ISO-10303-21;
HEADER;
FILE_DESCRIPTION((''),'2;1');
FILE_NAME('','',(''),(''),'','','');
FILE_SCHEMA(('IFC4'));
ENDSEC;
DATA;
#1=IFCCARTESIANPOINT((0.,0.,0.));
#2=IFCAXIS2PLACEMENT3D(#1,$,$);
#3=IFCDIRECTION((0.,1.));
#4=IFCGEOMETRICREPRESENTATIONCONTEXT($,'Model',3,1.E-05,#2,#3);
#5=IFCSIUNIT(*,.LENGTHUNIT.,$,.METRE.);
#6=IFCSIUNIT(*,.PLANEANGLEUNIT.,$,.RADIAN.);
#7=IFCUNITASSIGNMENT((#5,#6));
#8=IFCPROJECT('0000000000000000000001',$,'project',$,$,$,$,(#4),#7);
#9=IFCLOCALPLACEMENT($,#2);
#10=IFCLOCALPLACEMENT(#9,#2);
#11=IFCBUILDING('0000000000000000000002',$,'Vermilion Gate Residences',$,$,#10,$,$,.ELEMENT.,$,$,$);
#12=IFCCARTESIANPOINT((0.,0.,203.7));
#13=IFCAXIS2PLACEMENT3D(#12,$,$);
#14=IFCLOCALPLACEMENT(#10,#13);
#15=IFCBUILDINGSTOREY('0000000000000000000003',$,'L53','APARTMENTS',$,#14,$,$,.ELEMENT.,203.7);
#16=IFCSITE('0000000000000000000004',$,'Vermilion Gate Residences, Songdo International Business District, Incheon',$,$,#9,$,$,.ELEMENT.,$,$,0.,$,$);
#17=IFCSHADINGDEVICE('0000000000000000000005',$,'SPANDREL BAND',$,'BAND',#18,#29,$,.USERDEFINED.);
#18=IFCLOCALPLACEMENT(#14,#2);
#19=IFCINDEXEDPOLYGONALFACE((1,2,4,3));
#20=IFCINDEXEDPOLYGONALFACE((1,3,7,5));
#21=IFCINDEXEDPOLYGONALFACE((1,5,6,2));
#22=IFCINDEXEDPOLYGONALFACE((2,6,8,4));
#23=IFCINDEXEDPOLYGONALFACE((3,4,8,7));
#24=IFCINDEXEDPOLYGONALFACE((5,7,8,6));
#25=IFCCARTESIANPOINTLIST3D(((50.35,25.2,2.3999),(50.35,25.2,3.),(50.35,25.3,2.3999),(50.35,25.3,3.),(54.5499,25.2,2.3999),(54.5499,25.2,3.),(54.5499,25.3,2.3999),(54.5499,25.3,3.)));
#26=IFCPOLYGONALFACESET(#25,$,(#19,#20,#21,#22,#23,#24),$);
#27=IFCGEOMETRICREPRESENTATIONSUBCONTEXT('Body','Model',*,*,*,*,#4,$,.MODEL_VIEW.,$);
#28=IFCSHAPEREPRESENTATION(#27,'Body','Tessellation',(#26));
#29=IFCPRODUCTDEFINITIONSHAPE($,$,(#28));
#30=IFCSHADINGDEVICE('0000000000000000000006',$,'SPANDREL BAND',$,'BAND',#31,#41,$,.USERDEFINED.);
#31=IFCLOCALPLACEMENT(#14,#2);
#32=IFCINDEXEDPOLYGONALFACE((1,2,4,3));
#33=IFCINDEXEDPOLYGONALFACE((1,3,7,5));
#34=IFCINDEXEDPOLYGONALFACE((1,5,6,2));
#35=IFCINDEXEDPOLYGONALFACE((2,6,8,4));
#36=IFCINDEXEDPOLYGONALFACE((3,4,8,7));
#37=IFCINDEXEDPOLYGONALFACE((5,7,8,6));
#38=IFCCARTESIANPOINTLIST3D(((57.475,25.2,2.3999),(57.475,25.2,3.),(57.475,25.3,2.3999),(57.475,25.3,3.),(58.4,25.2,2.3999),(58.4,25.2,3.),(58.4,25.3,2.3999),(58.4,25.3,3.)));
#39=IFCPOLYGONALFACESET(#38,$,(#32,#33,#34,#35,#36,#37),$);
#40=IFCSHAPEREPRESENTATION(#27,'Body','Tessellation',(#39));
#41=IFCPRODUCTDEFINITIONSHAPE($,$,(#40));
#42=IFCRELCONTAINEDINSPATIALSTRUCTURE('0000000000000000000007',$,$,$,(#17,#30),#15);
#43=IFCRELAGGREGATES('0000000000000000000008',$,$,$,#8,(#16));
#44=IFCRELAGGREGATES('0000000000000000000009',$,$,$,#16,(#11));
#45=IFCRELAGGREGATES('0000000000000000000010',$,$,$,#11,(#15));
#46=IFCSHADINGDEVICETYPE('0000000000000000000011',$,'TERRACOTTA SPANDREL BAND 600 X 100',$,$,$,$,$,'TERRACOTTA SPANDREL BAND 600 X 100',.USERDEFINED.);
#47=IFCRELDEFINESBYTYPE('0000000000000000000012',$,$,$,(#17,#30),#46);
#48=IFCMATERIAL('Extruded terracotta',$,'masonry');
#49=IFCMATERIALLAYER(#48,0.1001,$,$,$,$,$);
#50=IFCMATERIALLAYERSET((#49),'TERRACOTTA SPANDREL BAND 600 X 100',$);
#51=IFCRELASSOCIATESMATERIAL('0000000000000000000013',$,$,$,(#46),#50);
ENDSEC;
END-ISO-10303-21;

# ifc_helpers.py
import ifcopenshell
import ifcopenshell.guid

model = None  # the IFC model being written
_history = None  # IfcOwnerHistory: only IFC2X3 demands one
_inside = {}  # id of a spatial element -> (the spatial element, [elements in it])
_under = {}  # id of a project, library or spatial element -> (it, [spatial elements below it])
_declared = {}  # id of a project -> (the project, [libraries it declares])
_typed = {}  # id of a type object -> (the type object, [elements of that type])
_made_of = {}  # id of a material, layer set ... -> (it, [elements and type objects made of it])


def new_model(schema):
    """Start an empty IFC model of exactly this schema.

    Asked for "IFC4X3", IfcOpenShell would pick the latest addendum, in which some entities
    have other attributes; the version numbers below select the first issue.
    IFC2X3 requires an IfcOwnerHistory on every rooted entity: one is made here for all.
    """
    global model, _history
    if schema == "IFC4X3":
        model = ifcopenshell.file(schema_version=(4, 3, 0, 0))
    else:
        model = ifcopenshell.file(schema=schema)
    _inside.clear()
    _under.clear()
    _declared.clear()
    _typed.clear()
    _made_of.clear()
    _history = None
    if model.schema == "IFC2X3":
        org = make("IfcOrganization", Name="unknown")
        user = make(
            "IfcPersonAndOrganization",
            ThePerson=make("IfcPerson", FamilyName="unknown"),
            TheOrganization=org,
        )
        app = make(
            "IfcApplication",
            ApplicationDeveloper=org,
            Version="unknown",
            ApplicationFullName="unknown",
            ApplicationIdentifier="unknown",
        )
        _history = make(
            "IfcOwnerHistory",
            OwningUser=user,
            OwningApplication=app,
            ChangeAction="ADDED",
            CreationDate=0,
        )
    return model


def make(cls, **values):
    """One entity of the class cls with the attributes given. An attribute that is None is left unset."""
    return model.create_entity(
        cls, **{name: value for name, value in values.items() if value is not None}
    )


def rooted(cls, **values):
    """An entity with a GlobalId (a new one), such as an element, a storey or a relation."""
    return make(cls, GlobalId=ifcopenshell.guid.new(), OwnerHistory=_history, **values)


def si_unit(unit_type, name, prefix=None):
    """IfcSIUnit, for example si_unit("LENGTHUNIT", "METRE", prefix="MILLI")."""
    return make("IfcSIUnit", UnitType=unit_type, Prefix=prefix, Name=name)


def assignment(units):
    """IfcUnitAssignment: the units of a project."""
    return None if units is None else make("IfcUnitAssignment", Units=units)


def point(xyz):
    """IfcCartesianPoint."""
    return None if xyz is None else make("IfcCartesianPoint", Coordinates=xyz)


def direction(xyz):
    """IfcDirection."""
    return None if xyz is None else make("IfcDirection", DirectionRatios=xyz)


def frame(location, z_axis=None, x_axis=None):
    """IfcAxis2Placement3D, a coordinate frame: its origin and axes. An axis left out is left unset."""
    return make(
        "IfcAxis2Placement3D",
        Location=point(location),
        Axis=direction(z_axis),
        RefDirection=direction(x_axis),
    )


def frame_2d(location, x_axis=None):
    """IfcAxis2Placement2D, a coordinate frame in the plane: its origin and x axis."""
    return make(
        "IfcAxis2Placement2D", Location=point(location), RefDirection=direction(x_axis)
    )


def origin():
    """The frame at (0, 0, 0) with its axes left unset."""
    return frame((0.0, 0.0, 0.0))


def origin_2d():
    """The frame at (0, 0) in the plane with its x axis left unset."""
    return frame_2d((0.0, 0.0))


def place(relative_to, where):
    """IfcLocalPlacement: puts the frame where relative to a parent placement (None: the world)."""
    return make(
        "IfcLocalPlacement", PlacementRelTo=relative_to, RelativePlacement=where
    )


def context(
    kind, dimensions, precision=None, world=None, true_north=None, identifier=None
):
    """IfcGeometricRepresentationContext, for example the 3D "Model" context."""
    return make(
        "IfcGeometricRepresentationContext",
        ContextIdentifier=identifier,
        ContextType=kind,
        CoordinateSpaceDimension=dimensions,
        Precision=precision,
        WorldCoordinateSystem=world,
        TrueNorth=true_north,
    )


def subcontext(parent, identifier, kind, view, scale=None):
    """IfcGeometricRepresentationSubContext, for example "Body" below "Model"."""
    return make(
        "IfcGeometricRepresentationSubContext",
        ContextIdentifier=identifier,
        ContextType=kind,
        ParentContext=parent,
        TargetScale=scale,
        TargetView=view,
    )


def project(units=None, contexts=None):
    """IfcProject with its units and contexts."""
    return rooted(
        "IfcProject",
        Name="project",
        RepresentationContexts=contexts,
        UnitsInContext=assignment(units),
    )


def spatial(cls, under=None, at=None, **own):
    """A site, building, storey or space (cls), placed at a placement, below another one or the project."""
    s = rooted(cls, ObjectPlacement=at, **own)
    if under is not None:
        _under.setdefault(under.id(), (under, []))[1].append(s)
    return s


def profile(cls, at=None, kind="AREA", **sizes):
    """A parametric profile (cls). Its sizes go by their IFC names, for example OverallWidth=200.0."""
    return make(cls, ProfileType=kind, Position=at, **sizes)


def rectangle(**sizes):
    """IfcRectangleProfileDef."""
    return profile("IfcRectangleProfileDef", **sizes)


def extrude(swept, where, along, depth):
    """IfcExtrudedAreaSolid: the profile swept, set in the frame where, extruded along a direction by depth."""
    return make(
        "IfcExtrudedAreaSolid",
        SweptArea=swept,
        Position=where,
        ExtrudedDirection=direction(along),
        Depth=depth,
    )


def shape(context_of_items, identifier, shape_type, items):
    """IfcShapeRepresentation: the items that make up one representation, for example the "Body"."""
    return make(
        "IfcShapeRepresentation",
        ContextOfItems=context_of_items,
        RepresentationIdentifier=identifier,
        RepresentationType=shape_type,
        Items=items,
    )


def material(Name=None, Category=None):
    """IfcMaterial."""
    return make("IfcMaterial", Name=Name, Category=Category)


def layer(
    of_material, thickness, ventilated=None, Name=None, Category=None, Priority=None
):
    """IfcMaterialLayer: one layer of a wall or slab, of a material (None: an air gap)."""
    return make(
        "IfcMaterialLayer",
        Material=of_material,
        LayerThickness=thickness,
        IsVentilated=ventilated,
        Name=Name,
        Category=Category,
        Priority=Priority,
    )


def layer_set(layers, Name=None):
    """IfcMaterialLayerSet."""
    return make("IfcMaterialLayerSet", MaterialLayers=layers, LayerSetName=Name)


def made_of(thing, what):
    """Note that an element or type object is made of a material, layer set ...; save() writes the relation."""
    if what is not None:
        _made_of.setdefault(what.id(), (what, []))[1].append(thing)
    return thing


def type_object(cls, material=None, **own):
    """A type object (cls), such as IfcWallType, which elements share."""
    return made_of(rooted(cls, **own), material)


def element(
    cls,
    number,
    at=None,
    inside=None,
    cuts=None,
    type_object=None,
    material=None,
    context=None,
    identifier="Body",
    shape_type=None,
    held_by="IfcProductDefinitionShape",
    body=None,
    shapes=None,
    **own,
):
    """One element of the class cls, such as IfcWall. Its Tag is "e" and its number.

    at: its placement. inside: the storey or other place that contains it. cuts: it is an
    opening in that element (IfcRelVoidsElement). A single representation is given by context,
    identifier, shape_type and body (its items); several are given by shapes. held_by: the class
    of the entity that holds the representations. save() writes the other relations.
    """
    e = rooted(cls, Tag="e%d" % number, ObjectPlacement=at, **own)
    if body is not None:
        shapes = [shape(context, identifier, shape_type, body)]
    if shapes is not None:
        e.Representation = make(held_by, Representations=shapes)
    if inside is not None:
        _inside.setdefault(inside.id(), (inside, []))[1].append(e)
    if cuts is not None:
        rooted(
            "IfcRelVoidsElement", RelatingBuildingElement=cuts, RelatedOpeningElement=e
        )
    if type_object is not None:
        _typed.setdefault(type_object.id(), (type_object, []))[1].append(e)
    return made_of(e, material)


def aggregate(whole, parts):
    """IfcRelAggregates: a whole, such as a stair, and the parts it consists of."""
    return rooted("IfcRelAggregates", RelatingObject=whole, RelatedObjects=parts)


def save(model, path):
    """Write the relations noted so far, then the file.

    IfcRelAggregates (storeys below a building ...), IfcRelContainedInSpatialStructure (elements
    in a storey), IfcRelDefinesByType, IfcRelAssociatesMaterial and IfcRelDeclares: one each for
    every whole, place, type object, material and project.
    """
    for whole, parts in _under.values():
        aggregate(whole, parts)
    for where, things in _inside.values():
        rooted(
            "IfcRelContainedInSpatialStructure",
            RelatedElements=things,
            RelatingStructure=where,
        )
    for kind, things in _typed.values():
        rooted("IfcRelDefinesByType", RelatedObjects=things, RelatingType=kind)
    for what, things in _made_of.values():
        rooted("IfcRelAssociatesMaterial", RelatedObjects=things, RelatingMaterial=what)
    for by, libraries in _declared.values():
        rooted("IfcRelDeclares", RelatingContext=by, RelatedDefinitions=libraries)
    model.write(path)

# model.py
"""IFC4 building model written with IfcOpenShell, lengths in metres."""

from ifc_helpers import new_model, si_unit, direction, frame, origin, origin_2d, place, context, subcontext, project, spatial, rectangle, extrude, material, layer, layer_set, type_object, element, save


model = new_model("IFC4")

# Units and contexts
model_context = context("Model", 3, precision=1e-05, world=origin(), true_north=direction((0.0, 1.0)))
body_context = subcontext(model_context, "Body", "Model", "MODEL_VIEW")
ifc_project = project(units=[si_unit("LENGTHUNIT", "METRE"), si_unit("PLANEANGLEUNIT", "RADIAN")], contexts=[model_context])

# Site, building, storey
site_placement = place(None, origin())
site = spatial("IfcSite", under=ifc_project, at=site_placement, Name="Vermilion Gate Residences, Songdo International Business District, Incheon", CompositionType="ELEMENT", RefElevation=0.0)
building_placement = place(site_placement, origin())
building = spatial("IfcBuilding", under=site, at=building_placement, Name="Vermilion Gate Residences", CompositionType="ELEMENT")
storey_placement = place(building_placement, frame((0.0, 0.0, 203.7)))
storey = spatial("IfcBuildingStorey", under=building, at=storey_placement, Name="L53", Description="APARTMENTS", CompositionType="ELEMENT", Elevation=203.7)

# Shading devices
ifc_material_1 = material(Name="Extruded terracotta", Category="masonry")
ifc_layer_1 = layer(ifc_material_1, 0.1001)
ifc_layer_set_1 = layer_set([ifc_layer_1], Name="TERRACOTTA SPANDREL BAND 600 X 100")
shading_device_type_1 = type_object("IfcShadingDeviceType", Name="TERRACOTTA SPANDREL BAND 600 X 100", ElementType="TERRACOTTA SPANDREL BAND 600 X 100", PredefinedType="USERDEFINED", material=ifc_layer_set_1)
shading_device_1_placement = place(storey_placement, frame((52.45, 25.25, 2.3999), z_axis=(0.0, 0.0, 1.0), x_axis=(1.0, 0.0, 0.0)))
element("IfcShadingDevice", 1, at=shading_device_1_placement, inside=storey, type_object=shading_device_type_1, Name="SPANDREL BAND", ObjectType="BAND", PredefinedType="USERDEFINED", context=body_context, shape_type="SweptSolid", body=[
    extrude(rectangle(XDim=4.2, YDim=0.1001, at=origin_2d()), origin(), (0.0, 0.0, 1.0), 0.6001),
])
shading_device_2_placement = place(storey_placement, frame((57.9375, 25.25, 2.3999), z_axis=(0.0, 0.0, 1.0), x_axis=(1.0, 0.0, 0.0)))
element("IfcShadingDevice", 2, at=shading_device_2_placement, inside=storey, type_object=shading_device_type_1, Name="SPANDREL BAND", ObjectType="BAND", PredefinedType="USERDEFINED", context=body_context, shape_type="SweptSolid", body=[
    extrude(rectangle(XDim=0.925, YDim=0.1001, at=origin_2d()), origin(), (0.0, 0.0, 1.0), 0.6001),
])

save(model, "model.ifc")
